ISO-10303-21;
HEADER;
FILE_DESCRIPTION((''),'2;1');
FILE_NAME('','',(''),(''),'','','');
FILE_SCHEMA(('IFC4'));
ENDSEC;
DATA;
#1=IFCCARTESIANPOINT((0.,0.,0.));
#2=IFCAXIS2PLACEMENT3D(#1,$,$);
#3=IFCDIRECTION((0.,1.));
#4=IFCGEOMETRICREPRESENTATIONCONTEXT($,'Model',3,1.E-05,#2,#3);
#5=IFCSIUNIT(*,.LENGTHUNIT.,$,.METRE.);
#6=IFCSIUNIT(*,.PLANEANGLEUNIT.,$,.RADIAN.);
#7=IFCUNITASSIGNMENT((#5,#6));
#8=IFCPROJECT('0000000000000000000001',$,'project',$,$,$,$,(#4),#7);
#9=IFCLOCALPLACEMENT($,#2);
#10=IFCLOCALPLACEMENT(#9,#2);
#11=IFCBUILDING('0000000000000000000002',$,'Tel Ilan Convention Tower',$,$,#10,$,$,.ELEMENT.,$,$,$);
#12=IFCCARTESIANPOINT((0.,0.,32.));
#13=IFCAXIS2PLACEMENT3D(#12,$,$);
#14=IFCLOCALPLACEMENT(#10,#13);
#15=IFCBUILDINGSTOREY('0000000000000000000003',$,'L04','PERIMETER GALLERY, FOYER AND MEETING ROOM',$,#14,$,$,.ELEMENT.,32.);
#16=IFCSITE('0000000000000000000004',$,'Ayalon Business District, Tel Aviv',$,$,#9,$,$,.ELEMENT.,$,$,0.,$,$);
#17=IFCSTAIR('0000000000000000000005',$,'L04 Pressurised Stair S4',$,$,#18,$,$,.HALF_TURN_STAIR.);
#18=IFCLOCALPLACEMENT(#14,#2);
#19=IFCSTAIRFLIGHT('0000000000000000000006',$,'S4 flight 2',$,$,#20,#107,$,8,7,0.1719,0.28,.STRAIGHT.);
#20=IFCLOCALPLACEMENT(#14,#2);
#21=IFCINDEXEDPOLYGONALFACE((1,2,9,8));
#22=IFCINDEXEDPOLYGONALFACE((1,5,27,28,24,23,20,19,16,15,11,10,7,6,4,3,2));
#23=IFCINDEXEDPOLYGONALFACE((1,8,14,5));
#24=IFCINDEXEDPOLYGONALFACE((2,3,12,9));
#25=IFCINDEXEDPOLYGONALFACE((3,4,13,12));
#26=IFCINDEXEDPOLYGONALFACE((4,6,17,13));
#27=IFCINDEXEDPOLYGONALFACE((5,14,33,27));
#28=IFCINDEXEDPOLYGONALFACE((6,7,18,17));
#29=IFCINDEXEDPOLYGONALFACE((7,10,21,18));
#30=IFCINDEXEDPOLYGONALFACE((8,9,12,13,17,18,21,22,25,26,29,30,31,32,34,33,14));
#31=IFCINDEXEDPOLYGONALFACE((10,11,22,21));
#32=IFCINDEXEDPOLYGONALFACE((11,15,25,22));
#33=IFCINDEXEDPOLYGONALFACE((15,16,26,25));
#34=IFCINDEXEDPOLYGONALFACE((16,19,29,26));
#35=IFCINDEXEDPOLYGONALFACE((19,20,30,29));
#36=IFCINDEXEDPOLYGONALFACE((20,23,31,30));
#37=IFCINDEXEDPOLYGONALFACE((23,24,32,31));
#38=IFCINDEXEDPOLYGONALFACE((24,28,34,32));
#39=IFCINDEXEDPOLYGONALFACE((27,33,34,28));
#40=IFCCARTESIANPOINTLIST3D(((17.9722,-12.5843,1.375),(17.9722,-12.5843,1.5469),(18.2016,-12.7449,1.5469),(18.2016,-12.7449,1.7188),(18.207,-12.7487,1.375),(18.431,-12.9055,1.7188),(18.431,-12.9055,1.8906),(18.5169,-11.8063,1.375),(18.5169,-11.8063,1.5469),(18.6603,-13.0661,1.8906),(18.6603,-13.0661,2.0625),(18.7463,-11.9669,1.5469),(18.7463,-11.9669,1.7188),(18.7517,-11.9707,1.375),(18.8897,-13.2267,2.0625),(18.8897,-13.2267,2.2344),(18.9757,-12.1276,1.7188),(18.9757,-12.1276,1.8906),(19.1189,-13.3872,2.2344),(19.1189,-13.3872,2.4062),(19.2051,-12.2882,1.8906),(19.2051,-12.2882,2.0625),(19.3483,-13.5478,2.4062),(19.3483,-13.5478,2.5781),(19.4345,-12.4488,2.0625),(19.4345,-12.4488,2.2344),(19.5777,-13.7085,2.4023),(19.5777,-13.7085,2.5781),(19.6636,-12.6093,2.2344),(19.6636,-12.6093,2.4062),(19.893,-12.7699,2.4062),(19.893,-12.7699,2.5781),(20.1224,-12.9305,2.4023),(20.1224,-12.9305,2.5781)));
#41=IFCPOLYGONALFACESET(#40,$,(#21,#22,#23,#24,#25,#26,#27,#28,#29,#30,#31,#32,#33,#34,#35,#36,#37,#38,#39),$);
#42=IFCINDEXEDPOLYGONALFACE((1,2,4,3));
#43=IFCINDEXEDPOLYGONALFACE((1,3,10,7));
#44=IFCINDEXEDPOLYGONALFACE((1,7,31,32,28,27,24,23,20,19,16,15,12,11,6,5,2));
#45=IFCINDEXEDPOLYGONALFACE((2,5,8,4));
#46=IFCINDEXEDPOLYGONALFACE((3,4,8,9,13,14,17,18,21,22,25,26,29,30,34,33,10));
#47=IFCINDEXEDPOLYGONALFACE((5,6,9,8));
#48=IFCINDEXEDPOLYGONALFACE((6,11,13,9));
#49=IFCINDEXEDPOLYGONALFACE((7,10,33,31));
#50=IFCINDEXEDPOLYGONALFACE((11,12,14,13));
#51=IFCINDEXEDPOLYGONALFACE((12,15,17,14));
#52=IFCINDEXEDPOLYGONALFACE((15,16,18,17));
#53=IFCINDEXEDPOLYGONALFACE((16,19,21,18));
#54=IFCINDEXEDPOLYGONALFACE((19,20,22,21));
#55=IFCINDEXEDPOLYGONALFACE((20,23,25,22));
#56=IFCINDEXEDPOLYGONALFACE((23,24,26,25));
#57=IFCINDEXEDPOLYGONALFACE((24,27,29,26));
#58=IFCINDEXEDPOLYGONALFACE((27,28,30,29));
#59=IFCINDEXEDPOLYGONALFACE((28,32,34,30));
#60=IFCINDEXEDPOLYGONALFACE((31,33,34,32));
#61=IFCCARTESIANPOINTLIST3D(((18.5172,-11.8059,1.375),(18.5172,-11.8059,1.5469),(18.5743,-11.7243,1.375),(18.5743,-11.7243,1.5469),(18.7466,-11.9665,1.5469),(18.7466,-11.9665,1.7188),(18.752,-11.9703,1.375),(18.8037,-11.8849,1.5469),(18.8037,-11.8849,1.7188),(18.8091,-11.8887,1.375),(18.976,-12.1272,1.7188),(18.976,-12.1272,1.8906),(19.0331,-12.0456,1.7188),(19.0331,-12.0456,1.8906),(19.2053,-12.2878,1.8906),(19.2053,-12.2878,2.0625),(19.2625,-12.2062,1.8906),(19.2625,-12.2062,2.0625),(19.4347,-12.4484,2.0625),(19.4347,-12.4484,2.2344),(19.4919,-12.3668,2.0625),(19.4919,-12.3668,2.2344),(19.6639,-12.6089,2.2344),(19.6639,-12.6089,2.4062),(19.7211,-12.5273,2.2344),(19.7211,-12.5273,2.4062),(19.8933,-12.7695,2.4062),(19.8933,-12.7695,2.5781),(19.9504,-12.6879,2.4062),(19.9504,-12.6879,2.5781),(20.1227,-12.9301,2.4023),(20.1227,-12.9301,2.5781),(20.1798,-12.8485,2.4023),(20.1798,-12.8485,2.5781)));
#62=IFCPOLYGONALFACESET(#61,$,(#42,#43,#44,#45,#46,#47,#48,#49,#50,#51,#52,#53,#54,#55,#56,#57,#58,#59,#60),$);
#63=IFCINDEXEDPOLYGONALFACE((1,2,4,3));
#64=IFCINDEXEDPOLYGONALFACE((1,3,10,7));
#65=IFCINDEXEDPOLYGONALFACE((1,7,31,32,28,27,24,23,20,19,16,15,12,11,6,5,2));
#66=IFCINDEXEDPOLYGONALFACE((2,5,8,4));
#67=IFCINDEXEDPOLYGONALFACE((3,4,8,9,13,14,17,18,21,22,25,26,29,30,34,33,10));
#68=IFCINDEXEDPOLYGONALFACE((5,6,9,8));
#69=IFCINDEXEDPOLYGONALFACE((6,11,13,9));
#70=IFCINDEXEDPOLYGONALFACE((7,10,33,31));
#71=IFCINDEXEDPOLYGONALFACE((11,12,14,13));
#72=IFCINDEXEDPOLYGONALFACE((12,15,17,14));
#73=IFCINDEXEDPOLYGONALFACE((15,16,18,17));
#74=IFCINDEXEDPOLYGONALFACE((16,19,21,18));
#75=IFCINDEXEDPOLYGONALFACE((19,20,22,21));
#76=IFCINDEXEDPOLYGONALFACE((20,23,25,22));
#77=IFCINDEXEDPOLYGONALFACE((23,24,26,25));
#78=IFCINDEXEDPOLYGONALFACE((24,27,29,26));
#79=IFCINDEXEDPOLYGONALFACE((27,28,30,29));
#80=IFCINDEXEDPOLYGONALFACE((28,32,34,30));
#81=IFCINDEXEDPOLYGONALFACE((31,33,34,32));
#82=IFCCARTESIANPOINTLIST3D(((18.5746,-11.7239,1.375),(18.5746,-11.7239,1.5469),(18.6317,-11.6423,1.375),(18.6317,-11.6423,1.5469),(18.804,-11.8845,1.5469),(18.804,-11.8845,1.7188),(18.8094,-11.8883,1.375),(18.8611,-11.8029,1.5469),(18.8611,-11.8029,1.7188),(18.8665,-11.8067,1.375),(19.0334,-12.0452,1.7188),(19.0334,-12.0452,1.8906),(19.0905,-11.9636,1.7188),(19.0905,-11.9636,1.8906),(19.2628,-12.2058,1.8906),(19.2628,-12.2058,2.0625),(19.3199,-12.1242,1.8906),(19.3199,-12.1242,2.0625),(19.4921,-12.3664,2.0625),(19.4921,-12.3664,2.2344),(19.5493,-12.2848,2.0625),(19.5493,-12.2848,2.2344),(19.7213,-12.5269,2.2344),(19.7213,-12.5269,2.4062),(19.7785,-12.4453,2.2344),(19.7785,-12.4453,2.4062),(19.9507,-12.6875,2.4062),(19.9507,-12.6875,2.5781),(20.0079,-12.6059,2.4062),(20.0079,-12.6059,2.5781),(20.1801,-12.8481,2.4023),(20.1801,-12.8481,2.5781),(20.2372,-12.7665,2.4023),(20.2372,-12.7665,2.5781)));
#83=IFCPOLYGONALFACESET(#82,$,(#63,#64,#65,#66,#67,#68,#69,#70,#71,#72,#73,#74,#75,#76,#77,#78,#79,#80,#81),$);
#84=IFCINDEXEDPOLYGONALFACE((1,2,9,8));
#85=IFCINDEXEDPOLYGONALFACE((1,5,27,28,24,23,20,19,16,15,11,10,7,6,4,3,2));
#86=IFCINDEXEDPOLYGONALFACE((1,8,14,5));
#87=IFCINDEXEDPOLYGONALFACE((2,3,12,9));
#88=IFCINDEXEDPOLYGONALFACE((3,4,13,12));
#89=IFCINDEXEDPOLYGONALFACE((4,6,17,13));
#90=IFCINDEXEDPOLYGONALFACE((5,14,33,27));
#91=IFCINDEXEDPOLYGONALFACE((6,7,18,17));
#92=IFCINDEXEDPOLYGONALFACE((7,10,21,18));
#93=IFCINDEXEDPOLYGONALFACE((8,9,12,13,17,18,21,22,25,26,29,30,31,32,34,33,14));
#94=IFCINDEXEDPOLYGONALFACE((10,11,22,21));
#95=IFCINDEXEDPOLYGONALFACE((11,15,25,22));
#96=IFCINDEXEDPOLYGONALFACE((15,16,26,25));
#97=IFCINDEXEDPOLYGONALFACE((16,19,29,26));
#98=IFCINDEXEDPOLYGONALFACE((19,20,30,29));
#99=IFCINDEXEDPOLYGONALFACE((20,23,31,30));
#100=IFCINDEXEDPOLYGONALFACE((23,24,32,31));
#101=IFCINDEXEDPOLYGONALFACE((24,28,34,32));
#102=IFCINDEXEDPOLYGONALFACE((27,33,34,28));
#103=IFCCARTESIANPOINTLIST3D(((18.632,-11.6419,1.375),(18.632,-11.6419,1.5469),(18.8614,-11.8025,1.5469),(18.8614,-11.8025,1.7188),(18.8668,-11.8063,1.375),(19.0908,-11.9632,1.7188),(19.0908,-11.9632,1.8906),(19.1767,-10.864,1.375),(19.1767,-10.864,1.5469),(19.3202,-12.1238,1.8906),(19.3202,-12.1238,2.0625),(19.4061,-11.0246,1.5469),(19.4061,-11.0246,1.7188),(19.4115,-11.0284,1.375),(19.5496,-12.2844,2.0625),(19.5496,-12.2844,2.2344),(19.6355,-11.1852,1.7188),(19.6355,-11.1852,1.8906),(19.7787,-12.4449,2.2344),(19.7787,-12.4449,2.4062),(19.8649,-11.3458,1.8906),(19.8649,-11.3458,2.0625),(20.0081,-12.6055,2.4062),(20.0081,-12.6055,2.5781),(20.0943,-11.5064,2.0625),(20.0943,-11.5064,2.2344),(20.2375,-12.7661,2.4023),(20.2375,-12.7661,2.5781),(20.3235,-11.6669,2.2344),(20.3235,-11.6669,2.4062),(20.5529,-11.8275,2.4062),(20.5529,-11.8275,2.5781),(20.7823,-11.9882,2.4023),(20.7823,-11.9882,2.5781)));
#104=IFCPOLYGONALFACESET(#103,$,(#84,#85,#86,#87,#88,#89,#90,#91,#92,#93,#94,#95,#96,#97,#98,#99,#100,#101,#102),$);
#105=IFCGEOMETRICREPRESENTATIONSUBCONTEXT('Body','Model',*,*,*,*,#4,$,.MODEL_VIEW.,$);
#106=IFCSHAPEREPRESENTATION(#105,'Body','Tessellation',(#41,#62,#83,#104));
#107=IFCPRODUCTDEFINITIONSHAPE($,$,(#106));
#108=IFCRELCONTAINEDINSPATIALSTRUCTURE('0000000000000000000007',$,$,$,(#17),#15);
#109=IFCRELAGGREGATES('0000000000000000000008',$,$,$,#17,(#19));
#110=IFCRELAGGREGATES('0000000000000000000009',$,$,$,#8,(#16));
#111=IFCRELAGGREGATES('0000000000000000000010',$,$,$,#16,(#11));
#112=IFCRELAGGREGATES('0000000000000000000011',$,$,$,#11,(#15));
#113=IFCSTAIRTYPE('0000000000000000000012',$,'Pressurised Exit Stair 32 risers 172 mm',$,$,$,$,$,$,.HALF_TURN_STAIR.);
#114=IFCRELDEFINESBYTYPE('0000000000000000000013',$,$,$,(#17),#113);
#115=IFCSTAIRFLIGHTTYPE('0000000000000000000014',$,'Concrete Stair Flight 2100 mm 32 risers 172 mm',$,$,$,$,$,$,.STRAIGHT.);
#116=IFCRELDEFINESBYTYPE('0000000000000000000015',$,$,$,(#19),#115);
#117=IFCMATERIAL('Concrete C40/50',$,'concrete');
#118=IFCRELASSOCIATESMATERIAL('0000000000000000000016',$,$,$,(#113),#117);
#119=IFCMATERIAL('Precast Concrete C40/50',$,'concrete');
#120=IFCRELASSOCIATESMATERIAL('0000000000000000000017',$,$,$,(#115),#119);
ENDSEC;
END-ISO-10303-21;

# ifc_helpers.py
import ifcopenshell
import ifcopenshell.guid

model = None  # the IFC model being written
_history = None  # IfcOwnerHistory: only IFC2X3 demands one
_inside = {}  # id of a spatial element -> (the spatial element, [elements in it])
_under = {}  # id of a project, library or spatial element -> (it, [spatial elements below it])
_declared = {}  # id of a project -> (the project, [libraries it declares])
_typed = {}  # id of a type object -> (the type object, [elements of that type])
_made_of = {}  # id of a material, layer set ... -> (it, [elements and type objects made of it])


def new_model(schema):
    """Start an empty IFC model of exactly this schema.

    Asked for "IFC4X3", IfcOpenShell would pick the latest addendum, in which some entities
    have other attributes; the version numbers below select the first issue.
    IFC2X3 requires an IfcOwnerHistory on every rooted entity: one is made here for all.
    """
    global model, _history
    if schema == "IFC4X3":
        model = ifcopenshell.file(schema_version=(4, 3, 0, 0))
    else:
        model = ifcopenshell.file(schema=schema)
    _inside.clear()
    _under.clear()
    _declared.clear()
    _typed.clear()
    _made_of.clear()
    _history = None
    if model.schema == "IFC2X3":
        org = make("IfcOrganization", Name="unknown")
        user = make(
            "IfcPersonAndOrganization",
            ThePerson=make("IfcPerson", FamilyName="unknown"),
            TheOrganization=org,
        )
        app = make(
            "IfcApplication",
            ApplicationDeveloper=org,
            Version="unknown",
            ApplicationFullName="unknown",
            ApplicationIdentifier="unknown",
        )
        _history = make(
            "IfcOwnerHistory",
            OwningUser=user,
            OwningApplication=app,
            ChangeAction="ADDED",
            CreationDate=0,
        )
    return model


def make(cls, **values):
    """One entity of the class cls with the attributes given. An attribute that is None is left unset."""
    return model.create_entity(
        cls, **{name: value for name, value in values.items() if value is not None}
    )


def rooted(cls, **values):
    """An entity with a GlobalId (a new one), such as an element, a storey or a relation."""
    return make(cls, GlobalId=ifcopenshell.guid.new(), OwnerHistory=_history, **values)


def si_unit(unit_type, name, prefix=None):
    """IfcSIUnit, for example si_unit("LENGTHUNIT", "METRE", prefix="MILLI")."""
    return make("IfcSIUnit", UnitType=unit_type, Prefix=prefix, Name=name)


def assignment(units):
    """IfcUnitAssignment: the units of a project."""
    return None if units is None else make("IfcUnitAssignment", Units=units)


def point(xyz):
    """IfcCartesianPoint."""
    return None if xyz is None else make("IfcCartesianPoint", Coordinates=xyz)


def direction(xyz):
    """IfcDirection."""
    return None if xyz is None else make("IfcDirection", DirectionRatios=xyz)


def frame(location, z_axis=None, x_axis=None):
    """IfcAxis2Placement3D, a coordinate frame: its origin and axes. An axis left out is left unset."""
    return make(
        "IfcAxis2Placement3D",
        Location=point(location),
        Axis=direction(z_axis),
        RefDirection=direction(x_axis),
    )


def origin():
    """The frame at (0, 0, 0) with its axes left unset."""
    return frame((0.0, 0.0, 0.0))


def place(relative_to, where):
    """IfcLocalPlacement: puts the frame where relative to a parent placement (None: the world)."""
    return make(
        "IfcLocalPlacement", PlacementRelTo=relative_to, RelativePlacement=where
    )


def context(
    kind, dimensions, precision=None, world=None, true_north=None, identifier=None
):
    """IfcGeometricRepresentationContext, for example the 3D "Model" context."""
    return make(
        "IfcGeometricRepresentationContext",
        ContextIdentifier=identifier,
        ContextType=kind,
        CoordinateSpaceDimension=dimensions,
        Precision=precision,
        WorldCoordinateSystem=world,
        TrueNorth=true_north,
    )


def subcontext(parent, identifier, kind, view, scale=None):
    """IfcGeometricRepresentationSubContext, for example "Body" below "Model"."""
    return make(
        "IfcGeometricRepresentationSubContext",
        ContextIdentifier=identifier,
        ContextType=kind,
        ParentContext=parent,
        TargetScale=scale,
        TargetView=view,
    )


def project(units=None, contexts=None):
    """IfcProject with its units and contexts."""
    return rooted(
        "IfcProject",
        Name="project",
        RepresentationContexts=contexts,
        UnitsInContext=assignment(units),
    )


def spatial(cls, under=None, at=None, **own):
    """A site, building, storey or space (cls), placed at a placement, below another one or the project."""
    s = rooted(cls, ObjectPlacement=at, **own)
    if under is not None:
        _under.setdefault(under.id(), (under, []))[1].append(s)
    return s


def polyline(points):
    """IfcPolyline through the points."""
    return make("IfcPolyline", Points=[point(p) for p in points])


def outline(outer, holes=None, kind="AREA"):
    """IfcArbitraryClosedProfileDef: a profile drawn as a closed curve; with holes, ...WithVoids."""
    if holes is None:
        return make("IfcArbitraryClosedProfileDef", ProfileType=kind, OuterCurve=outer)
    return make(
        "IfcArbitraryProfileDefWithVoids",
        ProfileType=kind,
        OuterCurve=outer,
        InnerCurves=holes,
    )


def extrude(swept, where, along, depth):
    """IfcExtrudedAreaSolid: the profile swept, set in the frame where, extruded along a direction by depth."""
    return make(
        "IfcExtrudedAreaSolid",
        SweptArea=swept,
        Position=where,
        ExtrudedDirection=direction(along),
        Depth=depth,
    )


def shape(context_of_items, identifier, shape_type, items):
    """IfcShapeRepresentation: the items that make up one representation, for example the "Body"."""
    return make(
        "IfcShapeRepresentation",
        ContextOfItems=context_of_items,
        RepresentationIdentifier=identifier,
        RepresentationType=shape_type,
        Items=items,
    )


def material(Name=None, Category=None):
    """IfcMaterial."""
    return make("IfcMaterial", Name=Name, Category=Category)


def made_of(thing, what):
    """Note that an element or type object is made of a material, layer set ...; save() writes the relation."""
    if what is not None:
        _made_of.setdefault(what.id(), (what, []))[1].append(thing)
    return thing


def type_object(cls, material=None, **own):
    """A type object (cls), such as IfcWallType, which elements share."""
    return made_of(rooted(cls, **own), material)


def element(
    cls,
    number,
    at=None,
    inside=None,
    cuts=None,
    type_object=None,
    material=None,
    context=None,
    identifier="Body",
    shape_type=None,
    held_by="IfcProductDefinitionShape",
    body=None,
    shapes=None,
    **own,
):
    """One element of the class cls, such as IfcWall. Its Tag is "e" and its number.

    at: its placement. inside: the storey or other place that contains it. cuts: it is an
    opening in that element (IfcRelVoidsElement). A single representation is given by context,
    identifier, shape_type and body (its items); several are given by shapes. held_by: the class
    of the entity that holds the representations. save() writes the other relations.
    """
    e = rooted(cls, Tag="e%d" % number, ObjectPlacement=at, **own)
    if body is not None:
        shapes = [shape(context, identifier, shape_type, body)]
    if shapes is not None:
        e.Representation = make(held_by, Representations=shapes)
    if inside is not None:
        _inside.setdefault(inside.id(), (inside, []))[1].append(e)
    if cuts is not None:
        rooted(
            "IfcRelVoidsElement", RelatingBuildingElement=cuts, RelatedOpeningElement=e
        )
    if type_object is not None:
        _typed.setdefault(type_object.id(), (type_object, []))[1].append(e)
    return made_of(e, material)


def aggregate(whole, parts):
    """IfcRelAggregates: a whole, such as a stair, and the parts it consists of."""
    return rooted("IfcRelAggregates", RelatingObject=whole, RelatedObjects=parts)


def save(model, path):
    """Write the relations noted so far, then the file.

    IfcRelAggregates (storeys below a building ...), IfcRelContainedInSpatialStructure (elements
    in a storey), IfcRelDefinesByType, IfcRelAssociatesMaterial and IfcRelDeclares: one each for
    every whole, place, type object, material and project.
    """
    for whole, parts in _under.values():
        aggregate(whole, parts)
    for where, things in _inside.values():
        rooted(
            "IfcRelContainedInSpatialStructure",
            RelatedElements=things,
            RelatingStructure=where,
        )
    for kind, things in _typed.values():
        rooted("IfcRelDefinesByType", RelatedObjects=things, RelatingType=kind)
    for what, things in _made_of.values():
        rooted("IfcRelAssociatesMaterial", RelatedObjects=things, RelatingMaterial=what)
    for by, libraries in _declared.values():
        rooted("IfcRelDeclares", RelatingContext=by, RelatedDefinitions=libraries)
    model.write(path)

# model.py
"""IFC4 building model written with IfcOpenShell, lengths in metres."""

from ifc_helpers import new_model, si_unit, direction, frame, origin, place, context, subcontext, project, spatial, polyline, outline, extrude, material, type_object, element, aggregate, save


model = new_model("IFC4")

# Units and contexts
model_context = context("Model", 3, precision=1e-05, world=origin(), true_north=direction((0.0, 1.0)))
body_context = subcontext(model_context, "Body", "Model", "MODEL_VIEW")
ifc_project = project(units=[si_unit("LENGTHUNIT", "METRE"), si_unit("PLANEANGLEUNIT", "RADIAN")], contexts=[model_context])

# Site, building, storey
site_placement = place(None, origin())
site = spatial("IfcSite", under=ifc_project, at=site_placement, Name="Ayalon Business District, Tel Aviv", CompositionType="ELEMENT", RefElevation=0.0)
building_placement = place(site_placement, origin())
building = spatial("IfcBuilding", under=site, at=building_placement, Name="Tel Ilan Convention Tower", CompositionType="ELEMENT")
storey_placement = place(building_placement, frame((0.0, 0.0, 32.0)))
storey = spatial("IfcBuildingStorey", under=building, at=storey_placement, Name="L04", Description="PERIMETER GALLERY, FOYER AND MEETING ROOM", CompositionType="ELEMENT", Elevation=32.0)

# Stair, stair flight
ifc_material_1 = material(Name="Concrete C40/50", Category="concrete")
stair_type = type_object("IfcStairType", Name="Pressurised Exit Stair 32 risers 172 mm", PredefinedType="HALF_TURN_STAIR", material=ifc_material_1)
stair_placement = place(storey_placement, origin())
stair = element("IfcStair", 1, at=stair_placement, inside=storey, type_object=stair_type, Name="L04 Pressurised Stair S4", PredefinedType="HALF_TURN_STAIR")
ifc_material_2 = material(Name="Precast Concrete C40/50", Category="concrete")
stair_flight_type = type_object("IfcStairFlightType", Name="Concrete Stair Flight 2100 mm 32 risers 172 mm", PredefinedType="STRAIGHT", material=ifc_material_2)
stair_flight_1_placement = place(storey_placement, frame((18.5745, -11.7241, 1.375), z_axis=(0.0, 0.0, 1.0), x_axis=(0.819152, -0.573576, 0.0)))
stair_flight_1 = element("IfcStairFlight", 2, at=stair_flight_1_placement, type_object=stair_flight_type, Name="S4 flight 2", NumberOfRisers=8, NumberOfTreads=7, PredefinedType="STRAIGHT", RiserHeight=0.1719, TreadLength=0.28, context=body_context, shape_type="SweptSolid", body=[
    extrude(outline(polyline([(0.0, 0.0), (0.0, 0.1719), (0.28, 0.1719), (0.28, 0.3438), (0.5601, 0.3438), (0.5601, 0.5156), (0.8401, 0.5156), (0.8401, 0.6875), (1.1201, 0.6875), (1.1201, 0.8594), (1.3999, 0.8594), (1.3999, 1.0312), (1.6799, 1.0312), (1.6799, 1.2031), (1.96, 1.2031), (1.96, 1.375), (1.96, 1.0273), (0.2866, 0.0), (0.0, 0.0)])), frame((0.0, -0.1003, 0.0), z_axis=(0.0, -1.0, 0.0), x_axis=(1.0, 0.0, 0.0)), (0.0, 0.0, 1.0), 0.9497),
    extrude(outline(polyline([(0.0, 0.0), (0.0, 0.1719), (0.28, 0.1719), (0.28, 0.3438), (0.5601, 0.3438), (0.5601, 0.5156), (0.8401, 0.5156), (0.8401, 0.6875), (1.1201, 0.6875), (1.1201, 0.8594), (1.3999, 0.8594), (1.3999, 1.0312), (1.6799, 1.0312), (1.6799, 1.2031), (1.96, 1.2031), (1.96, 1.375), (1.96, 1.0273), (0.2866, 0.0), (0.0, 0.0)])), frame((0.0, -0.0002, 0.0), z_axis=(0.0, -1.0, 0.0), x_axis=(1.0, 0.0, 0.0)), (0.0, 0.0, 1.0), 0.0996),
    extrude(outline(polyline([(0.0, 0.0), (0.0, 0.1719), (0.28, 0.1719), (0.28, 0.3438), (0.5601, 0.3438), (0.5601, 0.5156), (0.8401, 0.5156), (0.8401, 0.6875), (1.1201, 0.6875), (1.1201, 0.8594), (1.3999, 0.8594), (1.3999, 1.0312), (1.6799, 1.0312), (1.6799, 1.2031), (1.96, 1.2031), (1.96, 1.375), (1.96, 1.0273), (0.2866, 0.0), (0.0, 0.0)])), frame((0.0, 0.0999, 0.0), z_axis=(0.0, -1.0, 0.0), x_axis=(1.0, 0.0, 0.0)), (0.0, 0.0, 1.0), 0.0996),
    extrude(outline(polyline([(0.0, 0.0), (0.0, 0.1719), (0.28, 0.1719), (0.28, 0.3438), (0.5601, 0.3438), (0.5601, 0.5156), (0.8401, 0.5156), (0.8401, 0.6875), (1.1201, 0.6875), (1.1201, 0.8594), (1.3999, 0.8594), (1.3999, 1.0312), (1.6799, 1.0312), (1.6799, 1.2031), (1.96, 1.2031), (1.96, 1.375), (1.96, 1.0273), (0.2866, 0.0), (0.0, 0.0)])), frame((0.0, 1.05, 0.0), z_axis=(0.0, -1.0, 0.0), x_axis=(1.0, 0.0, 0.0)), (0.0, 0.0, 1.0), 0.9497),
])
aggregate(stair, [stair_flight_1])

save(model, "model.ifc")
